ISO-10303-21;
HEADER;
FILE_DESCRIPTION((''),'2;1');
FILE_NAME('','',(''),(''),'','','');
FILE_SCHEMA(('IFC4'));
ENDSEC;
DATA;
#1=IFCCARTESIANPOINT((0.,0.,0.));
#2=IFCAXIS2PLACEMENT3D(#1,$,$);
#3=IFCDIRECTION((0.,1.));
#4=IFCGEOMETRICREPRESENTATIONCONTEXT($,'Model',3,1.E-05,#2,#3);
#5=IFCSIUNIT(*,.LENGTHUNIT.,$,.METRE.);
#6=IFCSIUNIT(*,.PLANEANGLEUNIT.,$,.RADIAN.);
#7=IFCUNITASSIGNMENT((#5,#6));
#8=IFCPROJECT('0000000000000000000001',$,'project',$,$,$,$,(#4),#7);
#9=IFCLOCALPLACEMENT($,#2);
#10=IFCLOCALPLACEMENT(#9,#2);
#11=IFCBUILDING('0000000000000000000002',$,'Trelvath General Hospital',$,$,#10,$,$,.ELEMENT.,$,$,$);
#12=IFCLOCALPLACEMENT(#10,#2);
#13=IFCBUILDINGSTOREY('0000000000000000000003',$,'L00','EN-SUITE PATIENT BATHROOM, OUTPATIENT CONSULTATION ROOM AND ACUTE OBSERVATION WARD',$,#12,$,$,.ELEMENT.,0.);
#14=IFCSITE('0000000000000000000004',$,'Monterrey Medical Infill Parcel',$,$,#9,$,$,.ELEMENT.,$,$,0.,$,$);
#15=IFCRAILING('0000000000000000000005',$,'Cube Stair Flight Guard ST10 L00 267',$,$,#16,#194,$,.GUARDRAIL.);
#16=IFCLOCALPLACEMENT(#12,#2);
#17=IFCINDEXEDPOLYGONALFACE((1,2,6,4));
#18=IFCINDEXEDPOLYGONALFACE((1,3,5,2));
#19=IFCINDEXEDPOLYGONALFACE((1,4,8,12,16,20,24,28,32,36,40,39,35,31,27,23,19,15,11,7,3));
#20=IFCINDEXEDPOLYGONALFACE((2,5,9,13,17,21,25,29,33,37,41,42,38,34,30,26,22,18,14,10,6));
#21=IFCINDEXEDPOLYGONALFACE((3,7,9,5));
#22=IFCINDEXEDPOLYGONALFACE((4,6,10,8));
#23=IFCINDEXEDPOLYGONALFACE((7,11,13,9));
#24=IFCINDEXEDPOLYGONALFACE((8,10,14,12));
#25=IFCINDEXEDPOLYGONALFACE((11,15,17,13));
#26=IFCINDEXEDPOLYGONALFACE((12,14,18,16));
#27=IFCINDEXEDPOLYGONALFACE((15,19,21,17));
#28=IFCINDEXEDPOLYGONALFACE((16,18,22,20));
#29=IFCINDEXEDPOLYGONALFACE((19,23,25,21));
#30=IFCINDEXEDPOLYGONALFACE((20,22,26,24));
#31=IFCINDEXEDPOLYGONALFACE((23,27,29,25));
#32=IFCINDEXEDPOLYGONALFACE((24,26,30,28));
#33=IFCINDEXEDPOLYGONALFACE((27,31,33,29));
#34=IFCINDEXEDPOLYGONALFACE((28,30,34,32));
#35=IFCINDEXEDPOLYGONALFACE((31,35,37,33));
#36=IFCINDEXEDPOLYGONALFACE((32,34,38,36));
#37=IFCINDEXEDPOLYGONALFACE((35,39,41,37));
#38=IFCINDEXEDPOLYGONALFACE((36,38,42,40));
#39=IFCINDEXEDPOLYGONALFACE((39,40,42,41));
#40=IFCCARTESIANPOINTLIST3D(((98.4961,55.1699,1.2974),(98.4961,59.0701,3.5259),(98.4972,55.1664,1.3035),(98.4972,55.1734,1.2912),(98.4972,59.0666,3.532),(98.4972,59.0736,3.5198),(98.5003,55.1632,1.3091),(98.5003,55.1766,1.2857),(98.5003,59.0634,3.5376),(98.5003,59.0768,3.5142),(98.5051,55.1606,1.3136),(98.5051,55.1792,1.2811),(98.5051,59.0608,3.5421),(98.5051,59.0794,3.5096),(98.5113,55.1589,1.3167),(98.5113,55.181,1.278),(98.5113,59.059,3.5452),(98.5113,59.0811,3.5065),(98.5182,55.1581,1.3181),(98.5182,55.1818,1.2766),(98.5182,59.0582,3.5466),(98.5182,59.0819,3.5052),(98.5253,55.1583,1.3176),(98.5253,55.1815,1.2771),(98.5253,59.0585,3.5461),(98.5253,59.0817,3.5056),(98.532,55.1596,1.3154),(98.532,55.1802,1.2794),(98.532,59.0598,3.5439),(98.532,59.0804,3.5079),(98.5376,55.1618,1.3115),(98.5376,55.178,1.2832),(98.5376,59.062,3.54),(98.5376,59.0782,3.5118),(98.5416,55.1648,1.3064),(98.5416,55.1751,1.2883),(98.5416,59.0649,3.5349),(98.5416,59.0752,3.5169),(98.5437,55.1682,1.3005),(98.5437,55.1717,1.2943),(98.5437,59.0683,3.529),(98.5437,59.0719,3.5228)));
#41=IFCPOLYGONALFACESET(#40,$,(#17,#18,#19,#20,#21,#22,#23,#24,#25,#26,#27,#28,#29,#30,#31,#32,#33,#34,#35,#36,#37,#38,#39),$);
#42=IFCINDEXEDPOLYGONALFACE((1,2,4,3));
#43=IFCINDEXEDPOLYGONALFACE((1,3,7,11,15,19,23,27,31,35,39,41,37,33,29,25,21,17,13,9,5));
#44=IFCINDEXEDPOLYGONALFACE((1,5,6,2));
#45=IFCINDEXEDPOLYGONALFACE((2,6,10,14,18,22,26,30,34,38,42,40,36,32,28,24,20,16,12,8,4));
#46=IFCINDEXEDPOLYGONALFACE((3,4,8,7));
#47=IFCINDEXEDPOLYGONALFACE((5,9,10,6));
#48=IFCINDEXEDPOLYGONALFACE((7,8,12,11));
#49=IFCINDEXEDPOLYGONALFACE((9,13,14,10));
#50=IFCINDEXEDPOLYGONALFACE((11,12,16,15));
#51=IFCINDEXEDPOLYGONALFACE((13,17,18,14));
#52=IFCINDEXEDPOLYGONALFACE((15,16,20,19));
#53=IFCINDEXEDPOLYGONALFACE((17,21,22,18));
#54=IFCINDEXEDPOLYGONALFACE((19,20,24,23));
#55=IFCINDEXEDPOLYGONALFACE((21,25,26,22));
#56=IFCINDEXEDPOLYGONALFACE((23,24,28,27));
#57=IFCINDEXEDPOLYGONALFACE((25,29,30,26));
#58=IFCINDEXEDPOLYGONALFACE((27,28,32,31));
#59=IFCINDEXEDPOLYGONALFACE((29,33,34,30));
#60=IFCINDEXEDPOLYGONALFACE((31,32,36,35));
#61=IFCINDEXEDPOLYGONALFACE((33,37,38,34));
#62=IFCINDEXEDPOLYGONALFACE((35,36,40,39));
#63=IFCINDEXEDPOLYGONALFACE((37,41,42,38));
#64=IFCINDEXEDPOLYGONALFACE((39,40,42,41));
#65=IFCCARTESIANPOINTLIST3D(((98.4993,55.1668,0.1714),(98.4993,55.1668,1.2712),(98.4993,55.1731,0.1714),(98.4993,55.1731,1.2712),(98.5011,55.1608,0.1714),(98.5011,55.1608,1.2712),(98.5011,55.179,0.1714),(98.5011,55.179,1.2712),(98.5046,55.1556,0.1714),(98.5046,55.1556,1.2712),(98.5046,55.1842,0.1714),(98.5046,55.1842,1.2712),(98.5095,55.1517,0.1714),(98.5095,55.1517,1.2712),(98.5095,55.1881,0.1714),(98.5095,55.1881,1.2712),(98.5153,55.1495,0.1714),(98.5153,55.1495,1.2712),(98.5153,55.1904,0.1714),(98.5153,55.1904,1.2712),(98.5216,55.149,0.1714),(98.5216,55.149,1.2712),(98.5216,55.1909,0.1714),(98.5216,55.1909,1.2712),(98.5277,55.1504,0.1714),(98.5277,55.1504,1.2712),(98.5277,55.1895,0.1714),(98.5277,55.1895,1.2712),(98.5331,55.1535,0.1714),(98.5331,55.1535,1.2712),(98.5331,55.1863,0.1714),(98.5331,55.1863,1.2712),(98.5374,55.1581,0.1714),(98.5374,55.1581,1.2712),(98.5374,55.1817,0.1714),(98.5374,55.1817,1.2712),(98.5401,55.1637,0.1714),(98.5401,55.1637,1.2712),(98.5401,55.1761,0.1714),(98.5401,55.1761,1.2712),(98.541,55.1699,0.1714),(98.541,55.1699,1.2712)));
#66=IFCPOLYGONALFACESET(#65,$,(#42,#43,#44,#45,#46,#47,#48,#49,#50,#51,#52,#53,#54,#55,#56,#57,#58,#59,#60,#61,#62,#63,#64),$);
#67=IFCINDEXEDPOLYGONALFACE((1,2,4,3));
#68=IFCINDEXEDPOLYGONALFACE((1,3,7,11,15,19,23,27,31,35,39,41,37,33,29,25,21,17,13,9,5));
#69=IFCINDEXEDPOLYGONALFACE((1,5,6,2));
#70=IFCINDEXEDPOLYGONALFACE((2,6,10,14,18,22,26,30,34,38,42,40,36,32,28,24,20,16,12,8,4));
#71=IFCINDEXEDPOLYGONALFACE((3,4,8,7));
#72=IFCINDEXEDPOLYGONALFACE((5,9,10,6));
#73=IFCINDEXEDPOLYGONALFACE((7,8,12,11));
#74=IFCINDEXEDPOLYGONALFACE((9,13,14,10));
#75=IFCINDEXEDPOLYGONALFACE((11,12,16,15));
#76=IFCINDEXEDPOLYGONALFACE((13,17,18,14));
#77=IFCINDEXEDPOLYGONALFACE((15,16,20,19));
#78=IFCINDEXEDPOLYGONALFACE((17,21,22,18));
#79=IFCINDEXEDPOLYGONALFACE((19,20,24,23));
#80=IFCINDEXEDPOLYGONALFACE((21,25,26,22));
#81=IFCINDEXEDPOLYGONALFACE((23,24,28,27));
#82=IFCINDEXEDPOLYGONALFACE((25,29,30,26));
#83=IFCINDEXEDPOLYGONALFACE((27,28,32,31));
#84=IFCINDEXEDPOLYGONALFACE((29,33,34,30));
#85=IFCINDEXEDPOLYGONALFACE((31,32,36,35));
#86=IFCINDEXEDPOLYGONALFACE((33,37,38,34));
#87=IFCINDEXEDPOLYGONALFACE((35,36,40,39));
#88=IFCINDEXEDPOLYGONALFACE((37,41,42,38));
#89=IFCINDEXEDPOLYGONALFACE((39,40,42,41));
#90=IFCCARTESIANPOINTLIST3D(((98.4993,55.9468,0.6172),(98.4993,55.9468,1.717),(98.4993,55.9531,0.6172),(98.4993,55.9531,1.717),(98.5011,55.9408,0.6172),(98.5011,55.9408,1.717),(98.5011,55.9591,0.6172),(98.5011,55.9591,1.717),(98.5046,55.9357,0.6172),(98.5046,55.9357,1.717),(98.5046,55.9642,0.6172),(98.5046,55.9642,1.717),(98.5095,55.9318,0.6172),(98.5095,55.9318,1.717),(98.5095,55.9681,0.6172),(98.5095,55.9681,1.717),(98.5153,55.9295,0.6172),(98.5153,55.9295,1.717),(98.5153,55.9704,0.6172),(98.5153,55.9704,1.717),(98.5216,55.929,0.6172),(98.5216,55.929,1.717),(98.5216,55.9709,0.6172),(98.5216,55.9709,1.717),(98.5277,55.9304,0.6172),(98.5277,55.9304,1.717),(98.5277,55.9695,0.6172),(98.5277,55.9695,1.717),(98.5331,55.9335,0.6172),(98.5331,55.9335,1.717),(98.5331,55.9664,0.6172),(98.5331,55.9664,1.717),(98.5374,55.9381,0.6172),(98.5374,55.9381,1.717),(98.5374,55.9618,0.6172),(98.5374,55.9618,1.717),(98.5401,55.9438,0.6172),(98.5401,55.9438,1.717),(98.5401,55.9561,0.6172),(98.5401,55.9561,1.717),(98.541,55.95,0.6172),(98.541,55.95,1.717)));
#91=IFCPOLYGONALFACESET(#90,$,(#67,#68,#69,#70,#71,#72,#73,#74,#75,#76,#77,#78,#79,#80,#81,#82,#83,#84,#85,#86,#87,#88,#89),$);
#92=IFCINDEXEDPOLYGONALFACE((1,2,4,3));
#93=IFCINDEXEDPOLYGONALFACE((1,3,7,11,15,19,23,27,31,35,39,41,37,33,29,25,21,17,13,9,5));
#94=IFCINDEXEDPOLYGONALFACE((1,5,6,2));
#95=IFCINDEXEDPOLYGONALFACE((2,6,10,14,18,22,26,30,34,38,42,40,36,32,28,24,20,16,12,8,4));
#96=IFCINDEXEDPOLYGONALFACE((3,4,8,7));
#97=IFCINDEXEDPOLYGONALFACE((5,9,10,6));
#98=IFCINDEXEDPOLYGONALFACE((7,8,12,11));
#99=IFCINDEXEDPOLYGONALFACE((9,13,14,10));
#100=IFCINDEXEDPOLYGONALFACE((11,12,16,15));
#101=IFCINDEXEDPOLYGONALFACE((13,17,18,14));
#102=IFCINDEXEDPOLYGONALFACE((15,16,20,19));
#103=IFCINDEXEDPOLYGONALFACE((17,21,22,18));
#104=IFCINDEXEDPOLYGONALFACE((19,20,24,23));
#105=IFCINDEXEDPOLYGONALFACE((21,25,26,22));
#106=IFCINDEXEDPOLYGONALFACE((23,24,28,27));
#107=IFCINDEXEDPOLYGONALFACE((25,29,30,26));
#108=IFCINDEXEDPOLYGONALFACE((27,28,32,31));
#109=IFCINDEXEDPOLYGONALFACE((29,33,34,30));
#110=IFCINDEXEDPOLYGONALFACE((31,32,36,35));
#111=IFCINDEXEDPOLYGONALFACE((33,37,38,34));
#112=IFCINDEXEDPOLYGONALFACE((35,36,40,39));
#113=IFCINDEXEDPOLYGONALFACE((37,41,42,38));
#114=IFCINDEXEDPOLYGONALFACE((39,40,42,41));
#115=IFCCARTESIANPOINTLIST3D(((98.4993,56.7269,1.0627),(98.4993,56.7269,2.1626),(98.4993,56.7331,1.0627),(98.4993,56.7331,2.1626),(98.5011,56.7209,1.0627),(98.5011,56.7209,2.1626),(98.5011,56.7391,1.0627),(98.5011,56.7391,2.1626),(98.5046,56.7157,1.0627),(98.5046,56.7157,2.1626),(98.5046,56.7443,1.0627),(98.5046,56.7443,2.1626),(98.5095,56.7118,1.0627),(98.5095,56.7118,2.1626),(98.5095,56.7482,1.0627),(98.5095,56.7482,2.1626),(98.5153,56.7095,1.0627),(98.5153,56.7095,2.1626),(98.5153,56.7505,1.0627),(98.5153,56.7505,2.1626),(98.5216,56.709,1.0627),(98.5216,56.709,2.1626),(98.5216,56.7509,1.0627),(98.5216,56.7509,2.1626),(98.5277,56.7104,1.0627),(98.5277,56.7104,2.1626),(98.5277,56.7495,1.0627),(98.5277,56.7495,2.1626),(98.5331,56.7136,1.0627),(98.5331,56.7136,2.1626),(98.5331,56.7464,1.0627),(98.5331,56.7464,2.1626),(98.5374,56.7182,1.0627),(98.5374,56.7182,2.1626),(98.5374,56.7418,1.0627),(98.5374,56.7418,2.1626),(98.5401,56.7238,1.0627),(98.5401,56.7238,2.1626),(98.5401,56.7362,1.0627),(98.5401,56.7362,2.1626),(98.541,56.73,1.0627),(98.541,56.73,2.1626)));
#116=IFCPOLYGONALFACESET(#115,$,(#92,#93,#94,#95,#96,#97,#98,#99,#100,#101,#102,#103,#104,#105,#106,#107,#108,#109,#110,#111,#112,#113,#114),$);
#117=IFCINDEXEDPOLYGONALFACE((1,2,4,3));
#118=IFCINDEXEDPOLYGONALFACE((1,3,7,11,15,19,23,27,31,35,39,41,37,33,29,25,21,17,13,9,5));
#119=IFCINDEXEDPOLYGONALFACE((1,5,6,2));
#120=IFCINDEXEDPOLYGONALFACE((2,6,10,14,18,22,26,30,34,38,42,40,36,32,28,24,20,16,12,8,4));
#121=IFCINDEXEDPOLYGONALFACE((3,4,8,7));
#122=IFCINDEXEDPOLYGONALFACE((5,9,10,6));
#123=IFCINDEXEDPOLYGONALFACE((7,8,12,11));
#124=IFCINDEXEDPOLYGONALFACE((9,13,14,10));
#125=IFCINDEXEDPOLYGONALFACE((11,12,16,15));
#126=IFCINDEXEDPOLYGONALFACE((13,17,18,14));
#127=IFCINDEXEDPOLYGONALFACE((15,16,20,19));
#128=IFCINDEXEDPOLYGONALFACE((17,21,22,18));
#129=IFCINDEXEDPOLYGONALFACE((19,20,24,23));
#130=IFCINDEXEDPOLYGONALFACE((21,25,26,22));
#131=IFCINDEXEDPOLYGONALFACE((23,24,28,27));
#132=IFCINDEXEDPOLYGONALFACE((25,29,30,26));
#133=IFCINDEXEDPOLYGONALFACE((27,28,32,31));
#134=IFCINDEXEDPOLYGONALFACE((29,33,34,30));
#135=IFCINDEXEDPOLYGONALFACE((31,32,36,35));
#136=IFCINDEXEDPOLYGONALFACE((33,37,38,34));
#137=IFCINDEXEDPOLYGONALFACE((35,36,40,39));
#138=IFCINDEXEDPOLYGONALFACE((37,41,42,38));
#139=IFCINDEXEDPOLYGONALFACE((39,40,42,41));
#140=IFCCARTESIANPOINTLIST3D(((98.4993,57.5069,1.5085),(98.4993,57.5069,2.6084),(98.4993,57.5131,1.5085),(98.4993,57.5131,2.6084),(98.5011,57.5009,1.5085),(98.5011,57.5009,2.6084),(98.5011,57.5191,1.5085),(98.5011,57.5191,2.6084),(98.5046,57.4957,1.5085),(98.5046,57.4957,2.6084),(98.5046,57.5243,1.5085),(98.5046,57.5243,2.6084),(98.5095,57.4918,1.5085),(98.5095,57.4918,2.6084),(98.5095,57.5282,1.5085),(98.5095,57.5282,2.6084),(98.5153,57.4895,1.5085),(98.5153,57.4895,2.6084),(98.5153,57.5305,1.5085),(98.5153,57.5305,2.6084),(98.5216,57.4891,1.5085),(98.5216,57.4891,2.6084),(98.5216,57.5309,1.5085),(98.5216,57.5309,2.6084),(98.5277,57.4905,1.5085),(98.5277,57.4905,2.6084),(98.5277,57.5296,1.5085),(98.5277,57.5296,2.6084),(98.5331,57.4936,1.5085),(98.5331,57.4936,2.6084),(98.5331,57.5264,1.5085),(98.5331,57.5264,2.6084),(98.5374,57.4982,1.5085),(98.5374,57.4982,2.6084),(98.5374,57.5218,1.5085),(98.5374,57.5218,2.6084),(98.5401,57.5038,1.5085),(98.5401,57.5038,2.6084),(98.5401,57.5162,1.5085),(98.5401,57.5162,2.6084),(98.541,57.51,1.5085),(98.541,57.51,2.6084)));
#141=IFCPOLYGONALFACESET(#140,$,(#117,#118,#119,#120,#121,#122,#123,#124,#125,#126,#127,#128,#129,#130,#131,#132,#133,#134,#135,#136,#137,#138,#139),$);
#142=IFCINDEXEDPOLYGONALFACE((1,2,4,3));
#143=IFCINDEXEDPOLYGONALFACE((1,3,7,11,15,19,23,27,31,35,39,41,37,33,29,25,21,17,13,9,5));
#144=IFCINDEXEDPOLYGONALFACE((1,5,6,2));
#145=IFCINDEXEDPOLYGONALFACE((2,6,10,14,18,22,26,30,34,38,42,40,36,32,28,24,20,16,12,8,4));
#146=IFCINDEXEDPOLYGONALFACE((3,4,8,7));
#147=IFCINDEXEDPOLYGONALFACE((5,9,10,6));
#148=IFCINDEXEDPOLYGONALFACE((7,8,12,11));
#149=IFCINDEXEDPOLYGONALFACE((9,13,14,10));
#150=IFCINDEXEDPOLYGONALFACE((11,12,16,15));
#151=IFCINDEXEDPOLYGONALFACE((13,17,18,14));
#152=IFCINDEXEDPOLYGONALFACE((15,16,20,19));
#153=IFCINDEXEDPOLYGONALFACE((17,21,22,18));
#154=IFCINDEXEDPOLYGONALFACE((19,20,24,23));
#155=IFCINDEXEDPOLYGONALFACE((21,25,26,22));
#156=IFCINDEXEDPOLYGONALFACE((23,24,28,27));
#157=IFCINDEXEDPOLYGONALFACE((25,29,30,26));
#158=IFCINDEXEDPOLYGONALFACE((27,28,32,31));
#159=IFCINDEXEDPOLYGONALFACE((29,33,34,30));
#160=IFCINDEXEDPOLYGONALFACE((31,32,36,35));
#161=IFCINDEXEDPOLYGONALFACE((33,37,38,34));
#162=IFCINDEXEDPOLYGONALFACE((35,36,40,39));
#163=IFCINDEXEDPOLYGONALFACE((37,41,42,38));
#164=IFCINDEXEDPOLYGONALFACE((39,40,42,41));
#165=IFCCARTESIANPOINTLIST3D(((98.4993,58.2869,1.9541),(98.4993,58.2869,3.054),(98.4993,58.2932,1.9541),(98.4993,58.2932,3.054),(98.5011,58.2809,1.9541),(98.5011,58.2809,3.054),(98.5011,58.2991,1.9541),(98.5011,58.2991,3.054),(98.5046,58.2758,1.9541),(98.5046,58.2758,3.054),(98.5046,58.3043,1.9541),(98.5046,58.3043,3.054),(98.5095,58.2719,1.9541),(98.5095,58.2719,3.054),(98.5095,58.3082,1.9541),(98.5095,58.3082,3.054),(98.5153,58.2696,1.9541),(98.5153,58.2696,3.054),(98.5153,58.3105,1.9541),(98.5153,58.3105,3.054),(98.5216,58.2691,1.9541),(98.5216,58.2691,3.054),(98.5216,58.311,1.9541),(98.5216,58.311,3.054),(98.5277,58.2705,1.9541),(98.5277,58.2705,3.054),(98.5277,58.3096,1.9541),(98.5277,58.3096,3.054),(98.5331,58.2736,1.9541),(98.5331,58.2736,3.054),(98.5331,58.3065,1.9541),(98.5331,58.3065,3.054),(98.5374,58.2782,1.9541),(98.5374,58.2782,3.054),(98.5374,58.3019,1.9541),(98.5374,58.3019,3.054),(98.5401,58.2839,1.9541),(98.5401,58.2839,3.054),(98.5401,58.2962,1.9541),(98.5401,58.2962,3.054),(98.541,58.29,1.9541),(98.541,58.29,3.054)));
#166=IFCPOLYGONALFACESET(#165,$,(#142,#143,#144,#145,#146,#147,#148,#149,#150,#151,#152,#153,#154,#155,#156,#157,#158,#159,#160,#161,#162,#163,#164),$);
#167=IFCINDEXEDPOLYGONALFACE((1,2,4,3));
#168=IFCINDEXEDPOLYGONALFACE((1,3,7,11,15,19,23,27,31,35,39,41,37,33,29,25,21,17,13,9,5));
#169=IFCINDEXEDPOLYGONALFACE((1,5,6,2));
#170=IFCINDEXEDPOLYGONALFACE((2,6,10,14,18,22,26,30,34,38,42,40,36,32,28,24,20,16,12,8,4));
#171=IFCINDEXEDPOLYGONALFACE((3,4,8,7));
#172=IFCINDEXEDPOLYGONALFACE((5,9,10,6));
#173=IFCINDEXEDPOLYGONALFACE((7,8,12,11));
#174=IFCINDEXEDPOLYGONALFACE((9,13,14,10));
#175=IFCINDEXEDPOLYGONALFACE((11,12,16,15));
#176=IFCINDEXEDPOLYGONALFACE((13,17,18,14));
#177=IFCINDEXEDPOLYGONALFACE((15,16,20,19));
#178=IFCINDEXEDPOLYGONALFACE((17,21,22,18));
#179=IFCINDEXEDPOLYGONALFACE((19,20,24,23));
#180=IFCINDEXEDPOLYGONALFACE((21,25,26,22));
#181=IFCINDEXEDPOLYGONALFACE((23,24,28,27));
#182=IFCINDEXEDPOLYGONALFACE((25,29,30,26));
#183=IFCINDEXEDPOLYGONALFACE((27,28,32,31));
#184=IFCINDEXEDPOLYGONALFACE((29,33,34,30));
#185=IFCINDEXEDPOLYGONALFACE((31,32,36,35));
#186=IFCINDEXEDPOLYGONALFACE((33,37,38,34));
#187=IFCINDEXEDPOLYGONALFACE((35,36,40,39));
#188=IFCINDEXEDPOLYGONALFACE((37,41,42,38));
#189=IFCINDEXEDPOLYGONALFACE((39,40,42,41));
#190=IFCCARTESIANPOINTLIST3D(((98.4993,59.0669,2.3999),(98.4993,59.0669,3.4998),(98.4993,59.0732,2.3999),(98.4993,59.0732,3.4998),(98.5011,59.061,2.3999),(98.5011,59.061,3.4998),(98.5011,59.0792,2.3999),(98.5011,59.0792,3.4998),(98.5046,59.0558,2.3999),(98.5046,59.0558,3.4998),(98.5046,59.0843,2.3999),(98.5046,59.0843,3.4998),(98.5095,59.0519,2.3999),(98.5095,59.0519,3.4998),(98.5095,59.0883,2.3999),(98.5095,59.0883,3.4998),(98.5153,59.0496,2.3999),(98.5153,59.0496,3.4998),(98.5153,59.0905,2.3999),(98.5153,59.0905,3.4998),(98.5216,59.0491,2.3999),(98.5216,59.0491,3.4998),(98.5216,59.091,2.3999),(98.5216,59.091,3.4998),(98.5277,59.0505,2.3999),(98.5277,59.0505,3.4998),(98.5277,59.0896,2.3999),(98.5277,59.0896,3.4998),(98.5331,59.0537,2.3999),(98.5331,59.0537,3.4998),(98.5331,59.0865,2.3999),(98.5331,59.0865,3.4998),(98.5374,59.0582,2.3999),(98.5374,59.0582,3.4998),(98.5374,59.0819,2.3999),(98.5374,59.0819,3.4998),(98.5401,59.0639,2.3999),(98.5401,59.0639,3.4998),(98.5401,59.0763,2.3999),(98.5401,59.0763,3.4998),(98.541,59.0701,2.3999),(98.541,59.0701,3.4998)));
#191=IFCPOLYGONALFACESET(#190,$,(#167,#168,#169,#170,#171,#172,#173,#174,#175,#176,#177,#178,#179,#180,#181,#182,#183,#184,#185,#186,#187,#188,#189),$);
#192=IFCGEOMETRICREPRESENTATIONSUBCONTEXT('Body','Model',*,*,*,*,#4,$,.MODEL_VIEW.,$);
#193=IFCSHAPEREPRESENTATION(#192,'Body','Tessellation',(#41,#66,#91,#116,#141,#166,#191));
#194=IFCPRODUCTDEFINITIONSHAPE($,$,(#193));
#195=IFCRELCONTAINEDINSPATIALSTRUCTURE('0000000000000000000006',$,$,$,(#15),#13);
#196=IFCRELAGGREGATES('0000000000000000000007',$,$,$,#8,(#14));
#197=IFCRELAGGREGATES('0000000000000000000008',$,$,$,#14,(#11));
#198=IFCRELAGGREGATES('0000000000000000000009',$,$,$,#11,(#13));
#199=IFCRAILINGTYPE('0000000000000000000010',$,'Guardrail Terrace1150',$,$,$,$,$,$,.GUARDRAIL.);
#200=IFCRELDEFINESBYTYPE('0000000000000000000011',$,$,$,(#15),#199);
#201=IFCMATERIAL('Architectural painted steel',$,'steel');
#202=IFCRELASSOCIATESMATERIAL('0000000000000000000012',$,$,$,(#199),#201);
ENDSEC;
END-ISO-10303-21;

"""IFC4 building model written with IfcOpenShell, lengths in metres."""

from ifc_helpers import new_model, si_unit, direction, frame, origin, origin_2d, place, context, subcontext, project, spatial, circle, extrude, material, type_object, element, save


model = new_model("IFC4")

# Units and contexts
model_context = context("Model", 3, precision=1e-05, world=origin(), true_north=direction((0.0, 1.0)))
body_context = subcontext(model_context, "Body", "Model", "MODEL_VIEW")
ifc_project = project(units=[si_unit("LENGTHUNIT", "METRE"), si_unit("PLANEANGLEUNIT", "RADIAN")], contexts=[model_context])

# Site, building, storey
site_placement = place(None, origin())
site = spatial("IfcSite", under=ifc_project, at=site_placement, Name="Monterrey Medical Infill Parcel", CompositionType="ELEMENT", RefElevation=0.0)
building_placement = place(site_placement, origin())
building = spatial("IfcBuilding", under=site, at=building_placement, Name="Trelvath General Hospital", CompositionType="ELEMENT")
storey_placement = place(building_placement, origin())
storey = spatial("IfcBuildingStorey", under=building, at=storey_placement, Name="L00", Description="EN-SUITE PATIENT BATHROOM, OUTPATIENT CONSULTATION ROOM AND ACUTE OBSERVATION WARD", CompositionType="ELEMENT", Elevation=0.0)

# Railing
ifc_material_1 = material(Name="Architectural painted steel", Category="steel")
railing_type = type_object("IfcRailingType", Name="Guardrail Terrace1150", PredefinedType="GUARDRAIL", material=ifc_material_1)
for number, where, name in (
    (1, (98.52, 55.1699, 0.1714), "Cube Stair Flight Guard ST10 L00 267"),
):
    element("IfcRailing", number, at=place(storey_placement, frame(where)), inside=storey, type_object=railing_type, Name=name, PredefinedType="GUARDRAIL", context=body_context, shape_type="SweptSolid", body=[
        extrude(circle(Radius=0.0239, at=origin_2d()), frame((0.0, 0.0, 1.126), z_axis=(0.0, 0.868257, 0.496116), x_axis=(-1.0, 0.0, 0.0)), (0.0, 0.0, 1.0), 4.4919),
        extrude(circle(Radius=0.021, at=origin_2d()), origin(), (0.0, 0.0, 1.0), 1.0999),
        extrude(circle(Radius=0.021, at=origin_2d()), frame((0.0, 0.78, 0.4458)), (0.0, 0.0, 1.0), 1.0999),
        extrude(circle(Radius=0.021, at=origin_2d()), frame((0.0, 1.5601, 0.8914)), (0.0, 0.0, 1.0), 1.0999),
        extrude(circle(Radius=0.021, at=origin_2d()), frame((0.0, 2.3401, 1.3372)), (0.0, 0.0, 1.0), 1.0999),
        extrude(circle(Radius=0.021, at=origin_2d()), frame((0.0, 3.1201, 1.7827)), (0.0, 0.0, 1.0), 1.0999),
        extrude(circle(Radius=0.021, at=origin_2d()), frame((0.0, 3.9001, 2.2285)), (0.0, 0.0, 1.0), 1.0999),
    ])

save(model, "model.ifc")
